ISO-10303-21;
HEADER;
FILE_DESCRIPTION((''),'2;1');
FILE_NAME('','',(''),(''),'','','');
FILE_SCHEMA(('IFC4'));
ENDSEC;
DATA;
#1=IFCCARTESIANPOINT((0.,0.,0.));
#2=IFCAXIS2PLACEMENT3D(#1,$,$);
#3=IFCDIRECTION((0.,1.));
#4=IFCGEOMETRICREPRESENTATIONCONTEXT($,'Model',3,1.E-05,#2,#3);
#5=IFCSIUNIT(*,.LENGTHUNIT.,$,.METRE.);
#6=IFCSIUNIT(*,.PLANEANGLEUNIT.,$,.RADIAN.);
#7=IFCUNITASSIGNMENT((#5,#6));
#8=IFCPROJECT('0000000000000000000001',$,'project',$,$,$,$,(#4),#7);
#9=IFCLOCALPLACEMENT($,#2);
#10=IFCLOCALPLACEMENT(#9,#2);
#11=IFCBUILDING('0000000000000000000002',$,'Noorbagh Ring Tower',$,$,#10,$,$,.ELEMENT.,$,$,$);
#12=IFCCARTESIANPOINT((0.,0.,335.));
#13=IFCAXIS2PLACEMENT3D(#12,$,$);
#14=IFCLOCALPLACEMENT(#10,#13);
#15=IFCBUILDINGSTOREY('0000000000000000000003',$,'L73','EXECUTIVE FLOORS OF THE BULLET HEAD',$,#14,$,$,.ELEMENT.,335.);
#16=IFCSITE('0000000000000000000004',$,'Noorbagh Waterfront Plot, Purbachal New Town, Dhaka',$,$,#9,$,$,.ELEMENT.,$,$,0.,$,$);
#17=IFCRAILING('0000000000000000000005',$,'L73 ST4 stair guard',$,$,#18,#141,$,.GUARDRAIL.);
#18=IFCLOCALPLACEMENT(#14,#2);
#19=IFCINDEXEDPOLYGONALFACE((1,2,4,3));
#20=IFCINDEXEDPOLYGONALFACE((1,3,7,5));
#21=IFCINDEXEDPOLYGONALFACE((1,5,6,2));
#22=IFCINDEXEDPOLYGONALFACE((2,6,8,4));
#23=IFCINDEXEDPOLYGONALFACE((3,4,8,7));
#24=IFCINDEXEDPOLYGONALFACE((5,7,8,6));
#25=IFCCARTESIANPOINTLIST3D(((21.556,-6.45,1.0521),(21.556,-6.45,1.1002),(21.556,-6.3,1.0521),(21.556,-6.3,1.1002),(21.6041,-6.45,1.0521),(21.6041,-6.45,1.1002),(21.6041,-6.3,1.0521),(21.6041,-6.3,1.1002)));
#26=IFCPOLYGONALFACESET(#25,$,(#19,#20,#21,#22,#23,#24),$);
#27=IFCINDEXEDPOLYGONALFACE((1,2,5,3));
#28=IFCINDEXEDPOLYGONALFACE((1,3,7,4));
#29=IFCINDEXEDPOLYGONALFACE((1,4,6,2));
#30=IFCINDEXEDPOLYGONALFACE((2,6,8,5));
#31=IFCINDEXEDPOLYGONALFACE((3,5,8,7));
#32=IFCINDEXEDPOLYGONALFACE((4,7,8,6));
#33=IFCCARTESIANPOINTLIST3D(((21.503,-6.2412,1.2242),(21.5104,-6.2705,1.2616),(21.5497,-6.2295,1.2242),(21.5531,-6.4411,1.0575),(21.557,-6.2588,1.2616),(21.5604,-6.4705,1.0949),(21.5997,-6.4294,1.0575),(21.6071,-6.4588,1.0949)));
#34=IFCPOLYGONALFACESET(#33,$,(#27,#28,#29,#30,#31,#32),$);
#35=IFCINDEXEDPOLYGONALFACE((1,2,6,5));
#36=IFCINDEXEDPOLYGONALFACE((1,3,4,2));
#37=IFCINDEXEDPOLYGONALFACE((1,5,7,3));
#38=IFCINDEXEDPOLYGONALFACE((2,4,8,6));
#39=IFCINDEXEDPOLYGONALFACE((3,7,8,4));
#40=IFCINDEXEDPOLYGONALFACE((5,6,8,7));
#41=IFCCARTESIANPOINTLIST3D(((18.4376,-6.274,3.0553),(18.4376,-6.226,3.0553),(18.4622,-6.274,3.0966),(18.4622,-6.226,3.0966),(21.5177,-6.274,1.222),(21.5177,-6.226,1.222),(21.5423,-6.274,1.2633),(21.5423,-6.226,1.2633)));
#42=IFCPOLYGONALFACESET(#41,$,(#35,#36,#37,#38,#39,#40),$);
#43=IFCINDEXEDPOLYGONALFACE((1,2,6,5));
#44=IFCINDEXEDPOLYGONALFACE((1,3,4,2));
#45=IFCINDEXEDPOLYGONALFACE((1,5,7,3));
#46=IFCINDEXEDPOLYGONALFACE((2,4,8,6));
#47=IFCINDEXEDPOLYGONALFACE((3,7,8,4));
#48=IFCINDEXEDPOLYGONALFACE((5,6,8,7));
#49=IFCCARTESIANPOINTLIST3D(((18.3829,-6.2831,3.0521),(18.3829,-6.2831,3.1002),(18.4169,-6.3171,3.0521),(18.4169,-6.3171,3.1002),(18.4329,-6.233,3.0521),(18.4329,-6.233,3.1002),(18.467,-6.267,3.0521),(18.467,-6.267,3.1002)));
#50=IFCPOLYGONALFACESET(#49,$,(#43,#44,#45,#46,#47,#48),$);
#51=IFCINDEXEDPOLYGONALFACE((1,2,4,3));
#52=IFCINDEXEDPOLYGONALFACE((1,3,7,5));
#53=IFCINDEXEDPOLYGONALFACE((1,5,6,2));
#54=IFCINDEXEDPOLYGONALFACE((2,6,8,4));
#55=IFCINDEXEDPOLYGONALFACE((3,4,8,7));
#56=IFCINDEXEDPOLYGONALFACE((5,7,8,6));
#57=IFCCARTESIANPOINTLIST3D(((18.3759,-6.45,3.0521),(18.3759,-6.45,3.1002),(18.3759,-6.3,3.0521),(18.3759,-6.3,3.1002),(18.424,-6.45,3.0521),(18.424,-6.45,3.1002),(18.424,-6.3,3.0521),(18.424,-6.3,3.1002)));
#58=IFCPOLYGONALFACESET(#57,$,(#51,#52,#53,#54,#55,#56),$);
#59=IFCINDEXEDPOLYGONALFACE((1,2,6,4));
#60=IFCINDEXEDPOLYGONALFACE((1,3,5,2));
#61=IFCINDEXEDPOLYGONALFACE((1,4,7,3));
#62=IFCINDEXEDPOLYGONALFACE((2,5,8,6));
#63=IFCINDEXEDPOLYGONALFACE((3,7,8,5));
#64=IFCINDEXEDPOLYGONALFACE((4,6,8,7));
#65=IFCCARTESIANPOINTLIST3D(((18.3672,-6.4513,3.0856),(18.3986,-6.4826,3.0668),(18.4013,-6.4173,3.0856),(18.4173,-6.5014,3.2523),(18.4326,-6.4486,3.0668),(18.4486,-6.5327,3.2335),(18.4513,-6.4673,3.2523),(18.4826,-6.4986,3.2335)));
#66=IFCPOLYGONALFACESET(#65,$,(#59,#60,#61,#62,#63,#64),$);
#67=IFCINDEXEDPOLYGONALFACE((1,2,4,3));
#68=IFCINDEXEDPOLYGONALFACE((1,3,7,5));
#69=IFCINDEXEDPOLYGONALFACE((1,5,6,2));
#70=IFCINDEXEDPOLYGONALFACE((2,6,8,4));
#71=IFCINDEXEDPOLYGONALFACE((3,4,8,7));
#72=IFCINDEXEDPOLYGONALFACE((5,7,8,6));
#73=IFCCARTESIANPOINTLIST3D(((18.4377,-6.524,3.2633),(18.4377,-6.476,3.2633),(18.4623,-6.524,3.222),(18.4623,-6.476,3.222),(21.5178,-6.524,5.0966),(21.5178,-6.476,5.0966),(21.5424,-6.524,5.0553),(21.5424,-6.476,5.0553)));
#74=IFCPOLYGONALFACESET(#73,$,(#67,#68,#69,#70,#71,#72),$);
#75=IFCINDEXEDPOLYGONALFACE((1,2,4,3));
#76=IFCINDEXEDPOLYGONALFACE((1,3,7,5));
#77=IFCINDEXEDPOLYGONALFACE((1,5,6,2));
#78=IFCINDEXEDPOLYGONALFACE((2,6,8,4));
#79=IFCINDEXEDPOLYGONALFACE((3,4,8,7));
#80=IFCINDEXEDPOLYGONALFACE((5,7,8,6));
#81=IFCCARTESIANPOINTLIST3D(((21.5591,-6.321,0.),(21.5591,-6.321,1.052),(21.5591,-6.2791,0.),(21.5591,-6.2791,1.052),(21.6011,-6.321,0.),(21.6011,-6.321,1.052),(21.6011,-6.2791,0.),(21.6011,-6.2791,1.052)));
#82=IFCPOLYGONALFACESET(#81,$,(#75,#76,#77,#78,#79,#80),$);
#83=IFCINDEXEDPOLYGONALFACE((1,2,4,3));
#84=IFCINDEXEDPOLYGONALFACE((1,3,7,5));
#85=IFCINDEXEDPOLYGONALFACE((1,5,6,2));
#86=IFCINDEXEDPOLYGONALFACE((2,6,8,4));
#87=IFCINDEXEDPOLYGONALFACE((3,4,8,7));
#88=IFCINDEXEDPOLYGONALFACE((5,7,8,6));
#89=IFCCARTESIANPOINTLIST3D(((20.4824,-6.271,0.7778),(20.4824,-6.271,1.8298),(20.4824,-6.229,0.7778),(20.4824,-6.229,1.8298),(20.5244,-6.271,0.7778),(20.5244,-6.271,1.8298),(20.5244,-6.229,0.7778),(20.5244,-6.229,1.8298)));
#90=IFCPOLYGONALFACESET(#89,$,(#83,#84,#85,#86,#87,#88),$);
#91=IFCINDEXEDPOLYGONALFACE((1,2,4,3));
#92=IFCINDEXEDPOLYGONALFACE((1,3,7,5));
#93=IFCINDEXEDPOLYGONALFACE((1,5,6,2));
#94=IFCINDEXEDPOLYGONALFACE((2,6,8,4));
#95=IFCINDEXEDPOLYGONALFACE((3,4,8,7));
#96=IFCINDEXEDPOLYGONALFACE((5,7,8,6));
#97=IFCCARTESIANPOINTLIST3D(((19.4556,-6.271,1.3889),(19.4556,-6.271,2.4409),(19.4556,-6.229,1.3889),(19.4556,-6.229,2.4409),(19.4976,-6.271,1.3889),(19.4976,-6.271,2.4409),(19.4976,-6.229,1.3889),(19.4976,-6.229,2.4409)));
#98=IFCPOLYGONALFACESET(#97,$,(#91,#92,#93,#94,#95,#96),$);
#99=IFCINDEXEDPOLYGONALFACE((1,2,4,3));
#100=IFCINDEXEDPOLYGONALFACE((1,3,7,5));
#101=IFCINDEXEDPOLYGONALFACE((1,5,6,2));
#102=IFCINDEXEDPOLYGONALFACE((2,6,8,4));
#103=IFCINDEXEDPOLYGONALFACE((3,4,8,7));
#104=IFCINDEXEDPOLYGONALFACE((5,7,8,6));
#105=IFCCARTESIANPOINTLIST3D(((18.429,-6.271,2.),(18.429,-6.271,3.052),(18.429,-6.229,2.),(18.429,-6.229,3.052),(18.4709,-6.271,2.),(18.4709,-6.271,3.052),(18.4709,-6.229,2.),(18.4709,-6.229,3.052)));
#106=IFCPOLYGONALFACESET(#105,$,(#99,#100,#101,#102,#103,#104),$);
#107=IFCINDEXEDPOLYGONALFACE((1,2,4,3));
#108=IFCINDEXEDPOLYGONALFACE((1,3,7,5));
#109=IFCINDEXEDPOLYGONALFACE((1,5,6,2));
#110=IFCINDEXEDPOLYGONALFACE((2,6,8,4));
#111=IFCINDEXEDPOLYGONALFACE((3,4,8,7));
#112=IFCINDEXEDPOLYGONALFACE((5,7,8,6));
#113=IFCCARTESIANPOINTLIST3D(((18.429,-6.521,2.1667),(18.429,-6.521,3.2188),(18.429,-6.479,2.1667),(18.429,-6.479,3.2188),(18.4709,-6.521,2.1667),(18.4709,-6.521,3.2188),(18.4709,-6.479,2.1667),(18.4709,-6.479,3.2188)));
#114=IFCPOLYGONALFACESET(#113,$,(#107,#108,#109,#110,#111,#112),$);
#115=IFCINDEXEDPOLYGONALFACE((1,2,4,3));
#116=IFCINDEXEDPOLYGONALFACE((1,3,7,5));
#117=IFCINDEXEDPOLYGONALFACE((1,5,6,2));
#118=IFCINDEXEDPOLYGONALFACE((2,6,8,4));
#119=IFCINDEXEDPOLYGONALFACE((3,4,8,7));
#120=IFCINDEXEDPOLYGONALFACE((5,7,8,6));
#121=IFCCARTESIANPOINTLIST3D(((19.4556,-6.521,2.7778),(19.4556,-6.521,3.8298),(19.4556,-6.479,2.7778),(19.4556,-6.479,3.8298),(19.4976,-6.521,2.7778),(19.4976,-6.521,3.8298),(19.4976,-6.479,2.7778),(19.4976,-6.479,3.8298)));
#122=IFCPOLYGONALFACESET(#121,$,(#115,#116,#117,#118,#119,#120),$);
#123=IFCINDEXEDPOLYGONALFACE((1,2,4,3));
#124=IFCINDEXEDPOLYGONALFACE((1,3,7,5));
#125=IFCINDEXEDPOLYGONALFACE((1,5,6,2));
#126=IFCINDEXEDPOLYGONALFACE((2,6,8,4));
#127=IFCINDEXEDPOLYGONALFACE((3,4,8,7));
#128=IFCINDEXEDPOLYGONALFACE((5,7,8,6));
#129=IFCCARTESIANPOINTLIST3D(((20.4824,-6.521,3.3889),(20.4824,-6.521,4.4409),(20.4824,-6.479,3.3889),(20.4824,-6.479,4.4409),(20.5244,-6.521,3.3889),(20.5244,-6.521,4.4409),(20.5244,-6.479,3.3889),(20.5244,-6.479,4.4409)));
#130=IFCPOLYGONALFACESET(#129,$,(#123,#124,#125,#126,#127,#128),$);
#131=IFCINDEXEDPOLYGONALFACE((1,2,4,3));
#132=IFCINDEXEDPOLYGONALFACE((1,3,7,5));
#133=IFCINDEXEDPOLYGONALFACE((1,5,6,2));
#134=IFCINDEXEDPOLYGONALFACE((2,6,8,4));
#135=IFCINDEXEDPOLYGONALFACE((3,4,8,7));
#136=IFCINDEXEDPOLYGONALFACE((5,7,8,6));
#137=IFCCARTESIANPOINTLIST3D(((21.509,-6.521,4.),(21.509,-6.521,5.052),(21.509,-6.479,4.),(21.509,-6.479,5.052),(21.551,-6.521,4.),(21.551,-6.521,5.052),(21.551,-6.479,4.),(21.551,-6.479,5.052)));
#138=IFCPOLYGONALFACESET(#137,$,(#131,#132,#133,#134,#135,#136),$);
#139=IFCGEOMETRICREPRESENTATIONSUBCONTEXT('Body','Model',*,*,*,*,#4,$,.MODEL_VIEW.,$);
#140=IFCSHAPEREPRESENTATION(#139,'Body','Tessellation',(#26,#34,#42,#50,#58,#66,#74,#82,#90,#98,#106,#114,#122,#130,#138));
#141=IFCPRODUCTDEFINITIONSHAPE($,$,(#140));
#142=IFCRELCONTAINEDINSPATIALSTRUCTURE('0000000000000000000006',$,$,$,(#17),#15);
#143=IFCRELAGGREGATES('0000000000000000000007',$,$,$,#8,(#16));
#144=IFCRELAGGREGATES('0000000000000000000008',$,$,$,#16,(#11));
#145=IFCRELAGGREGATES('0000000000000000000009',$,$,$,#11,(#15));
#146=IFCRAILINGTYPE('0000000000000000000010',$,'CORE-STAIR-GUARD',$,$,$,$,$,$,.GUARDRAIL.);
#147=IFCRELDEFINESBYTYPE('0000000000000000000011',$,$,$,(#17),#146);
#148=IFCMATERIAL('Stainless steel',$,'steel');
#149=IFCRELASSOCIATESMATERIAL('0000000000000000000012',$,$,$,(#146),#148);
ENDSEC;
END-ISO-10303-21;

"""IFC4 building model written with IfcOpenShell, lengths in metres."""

from ifc_helpers import new_model, si_unit, direction, frame, origin, origin_2d, place, context, subcontext, project, spatial, rectangle, extrude, material, type_object, element, save


model = new_model("IFC4")

# Units and contexts
model_context = context("Model", 3, precision=1e-05, world=origin(), true_north=direction((0.0, 1.0)))
body_context = subcontext(model_context, "Body", "Model", "MODEL_VIEW")
ifc_project = project(units=[si_unit("LENGTHUNIT", "METRE"), si_unit("PLANEANGLEUNIT", "RADIAN")], contexts=[model_context])

# Site, building, storey
site_placement = place(None, origin())
site = spatial("IfcSite", under=ifc_project, at=site_placement, Name="Noorbagh Waterfront Plot, Purbachal New Town, Dhaka", CompositionType="ELEMENT", RefElevation=0.0)
building_placement = place(site_placement, origin())
building = spatial("IfcBuilding", under=site, at=building_placement, Name="Noorbagh Ring Tower", CompositionType="ELEMENT")
storey_placement = place(building_placement, frame((0.0, 0.0, 335.0)))
storey = spatial("IfcBuildingStorey", under=building, at=storey_placement, Name="L73", Description="EXECUTIVE FLOORS OF THE BULLET HEAD", CompositionType="ELEMENT", Elevation=335.0)

# Railing
ifc_material_1 = material(Name="Stainless steel", Category="steel")
railing_type_1 = type_object("IfcRailingType", Name="CORE-STAIR-GUARD", PredefinedType="GUARDRAIL", material=ifc_material_1)
railing_1_placement = place(storey_placement, frame((21.5801, -6.3, 0.0)))
element("IfcRailing", 1, at=railing_1_placement, inside=storey, type_object=railing_type_1, Name="L73 ST4 stair guard", PredefinedType="GUARDRAIL", context=body_context, shape_type="SweptSolid", body=[
    extrude(rectangle(XDim=0.0481, YDim=0.0481, at=origin_2d()), frame((0.0, 0.0, 1.0762), z_axis=(0.0, -1.0, 0.0), x_axis=(1.0, 0.0, 0.0)), (0.0, 0.0, 1.0), 0.1499),
    extrude(rectangle(XDim=0.0481, YDim=0.0481, at=origin_2d()), frame((0.0, -0.1499, 1.0762), z_axis=(-0.188776, 0.754182, 0.628946), x_axis=(-0.970073, -0.242814, 0.0)), (0.0, 0.0, 1.0), 0.2651),
    extrude(rectangle(XDim=0.0481, YDim=0.0481, at=origin_2d()), frame((-0.05, 0.05, 1.2427), z_axis=(-0.859309, 0.0, 0.511458), x_axis=(0.0, -1.0, 0.0)), (0.0, 0.0, 1.0), 3.5845),
    extrude(rectangle(XDim=0.0481, YDim=0.0481, at=origin_2d()), frame((-3.1301, 0.05, 3.0762), z_axis=(-0.707107, -0.707107, 0.0), x_axis=(0.707107, -0.707107, 0.0)), (0.0, 0.0, 1.0), 0.0708),
    extrude(rectangle(XDim=0.0481, YDim=0.0481, at=origin_2d()), frame((-3.1802, 0.0, 3.0762), z_axis=(0.0, -1.0, 0.0), x_axis=(1.0, 0.0, 0.0)), (0.0, 0.0, 1.0), 0.1499),
    extrude(rectangle(XDim=0.0481, YDim=0.0481, at=origin_2d()), frame((-3.1802, -0.1499, 3.0762), z_axis=(0.276287, -0.276287, 0.920506), x_axis=(0.707107, 0.707107, 0.0)), (0.0, 0.0, 1.0), 0.1812),
    extrude(rectangle(XDim=0.0481, YDim=0.0481, at=origin_2d()), frame((-3.1301, -0.2, 3.2427), z_axis=(0.859309, 0.0, 0.511458), x_axis=(0.0, 1.0, 0.0)), (0.0, 0.0, 1.0), 3.5845),
    extrude(rectangle(XDim=0.042, YDim=0.042, at=origin_2d()), origin(), (0.0, 0.0, 1.0), 1.052),
    extrude(rectangle(XDim=0.042, YDim=0.042, at=origin_2d()), frame((-1.0767, 0.05, 0.7778)), (0.0, 0.0, 1.0), 1.052),
    extrude(rectangle(XDim=0.042, YDim=0.042, at=origin_2d()), frame((-2.1035, 0.05, 1.3889)), (0.0, 0.0, 1.0), 1.052),
    extrude(rectangle(XDim=0.042, YDim=0.042, at=origin_2d()), frame((-3.1301, 0.05, 2.0)), (0.0, 0.0, 1.0), 1.052),
    extrude(rectangle(XDim=0.042, YDim=0.042, at=origin_2d()), frame((-3.1301, -0.2, 2.1667)), (0.0, 0.0, 1.0), 1.052),
    extrude(rectangle(XDim=0.042, YDim=0.042, at=origin_2d()), frame((-2.1035, -0.2, 2.7778)), (0.0, 0.0, 1.0), 1.052),
    extrude(rectangle(XDim=0.042, YDim=0.042, at=origin_2d()), frame((-1.0767, -0.2, 3.3889)), (0.0, 0.0, 1.0), 1.052),
    extrude(rectangle(XDim=0.042, YDim=0.042, at=origin_2d()), frame((-0.05, -0.2, 4.0)), (0.0, 0.0, 1.0), 1.052),
])

save(model, "model.ifc")
